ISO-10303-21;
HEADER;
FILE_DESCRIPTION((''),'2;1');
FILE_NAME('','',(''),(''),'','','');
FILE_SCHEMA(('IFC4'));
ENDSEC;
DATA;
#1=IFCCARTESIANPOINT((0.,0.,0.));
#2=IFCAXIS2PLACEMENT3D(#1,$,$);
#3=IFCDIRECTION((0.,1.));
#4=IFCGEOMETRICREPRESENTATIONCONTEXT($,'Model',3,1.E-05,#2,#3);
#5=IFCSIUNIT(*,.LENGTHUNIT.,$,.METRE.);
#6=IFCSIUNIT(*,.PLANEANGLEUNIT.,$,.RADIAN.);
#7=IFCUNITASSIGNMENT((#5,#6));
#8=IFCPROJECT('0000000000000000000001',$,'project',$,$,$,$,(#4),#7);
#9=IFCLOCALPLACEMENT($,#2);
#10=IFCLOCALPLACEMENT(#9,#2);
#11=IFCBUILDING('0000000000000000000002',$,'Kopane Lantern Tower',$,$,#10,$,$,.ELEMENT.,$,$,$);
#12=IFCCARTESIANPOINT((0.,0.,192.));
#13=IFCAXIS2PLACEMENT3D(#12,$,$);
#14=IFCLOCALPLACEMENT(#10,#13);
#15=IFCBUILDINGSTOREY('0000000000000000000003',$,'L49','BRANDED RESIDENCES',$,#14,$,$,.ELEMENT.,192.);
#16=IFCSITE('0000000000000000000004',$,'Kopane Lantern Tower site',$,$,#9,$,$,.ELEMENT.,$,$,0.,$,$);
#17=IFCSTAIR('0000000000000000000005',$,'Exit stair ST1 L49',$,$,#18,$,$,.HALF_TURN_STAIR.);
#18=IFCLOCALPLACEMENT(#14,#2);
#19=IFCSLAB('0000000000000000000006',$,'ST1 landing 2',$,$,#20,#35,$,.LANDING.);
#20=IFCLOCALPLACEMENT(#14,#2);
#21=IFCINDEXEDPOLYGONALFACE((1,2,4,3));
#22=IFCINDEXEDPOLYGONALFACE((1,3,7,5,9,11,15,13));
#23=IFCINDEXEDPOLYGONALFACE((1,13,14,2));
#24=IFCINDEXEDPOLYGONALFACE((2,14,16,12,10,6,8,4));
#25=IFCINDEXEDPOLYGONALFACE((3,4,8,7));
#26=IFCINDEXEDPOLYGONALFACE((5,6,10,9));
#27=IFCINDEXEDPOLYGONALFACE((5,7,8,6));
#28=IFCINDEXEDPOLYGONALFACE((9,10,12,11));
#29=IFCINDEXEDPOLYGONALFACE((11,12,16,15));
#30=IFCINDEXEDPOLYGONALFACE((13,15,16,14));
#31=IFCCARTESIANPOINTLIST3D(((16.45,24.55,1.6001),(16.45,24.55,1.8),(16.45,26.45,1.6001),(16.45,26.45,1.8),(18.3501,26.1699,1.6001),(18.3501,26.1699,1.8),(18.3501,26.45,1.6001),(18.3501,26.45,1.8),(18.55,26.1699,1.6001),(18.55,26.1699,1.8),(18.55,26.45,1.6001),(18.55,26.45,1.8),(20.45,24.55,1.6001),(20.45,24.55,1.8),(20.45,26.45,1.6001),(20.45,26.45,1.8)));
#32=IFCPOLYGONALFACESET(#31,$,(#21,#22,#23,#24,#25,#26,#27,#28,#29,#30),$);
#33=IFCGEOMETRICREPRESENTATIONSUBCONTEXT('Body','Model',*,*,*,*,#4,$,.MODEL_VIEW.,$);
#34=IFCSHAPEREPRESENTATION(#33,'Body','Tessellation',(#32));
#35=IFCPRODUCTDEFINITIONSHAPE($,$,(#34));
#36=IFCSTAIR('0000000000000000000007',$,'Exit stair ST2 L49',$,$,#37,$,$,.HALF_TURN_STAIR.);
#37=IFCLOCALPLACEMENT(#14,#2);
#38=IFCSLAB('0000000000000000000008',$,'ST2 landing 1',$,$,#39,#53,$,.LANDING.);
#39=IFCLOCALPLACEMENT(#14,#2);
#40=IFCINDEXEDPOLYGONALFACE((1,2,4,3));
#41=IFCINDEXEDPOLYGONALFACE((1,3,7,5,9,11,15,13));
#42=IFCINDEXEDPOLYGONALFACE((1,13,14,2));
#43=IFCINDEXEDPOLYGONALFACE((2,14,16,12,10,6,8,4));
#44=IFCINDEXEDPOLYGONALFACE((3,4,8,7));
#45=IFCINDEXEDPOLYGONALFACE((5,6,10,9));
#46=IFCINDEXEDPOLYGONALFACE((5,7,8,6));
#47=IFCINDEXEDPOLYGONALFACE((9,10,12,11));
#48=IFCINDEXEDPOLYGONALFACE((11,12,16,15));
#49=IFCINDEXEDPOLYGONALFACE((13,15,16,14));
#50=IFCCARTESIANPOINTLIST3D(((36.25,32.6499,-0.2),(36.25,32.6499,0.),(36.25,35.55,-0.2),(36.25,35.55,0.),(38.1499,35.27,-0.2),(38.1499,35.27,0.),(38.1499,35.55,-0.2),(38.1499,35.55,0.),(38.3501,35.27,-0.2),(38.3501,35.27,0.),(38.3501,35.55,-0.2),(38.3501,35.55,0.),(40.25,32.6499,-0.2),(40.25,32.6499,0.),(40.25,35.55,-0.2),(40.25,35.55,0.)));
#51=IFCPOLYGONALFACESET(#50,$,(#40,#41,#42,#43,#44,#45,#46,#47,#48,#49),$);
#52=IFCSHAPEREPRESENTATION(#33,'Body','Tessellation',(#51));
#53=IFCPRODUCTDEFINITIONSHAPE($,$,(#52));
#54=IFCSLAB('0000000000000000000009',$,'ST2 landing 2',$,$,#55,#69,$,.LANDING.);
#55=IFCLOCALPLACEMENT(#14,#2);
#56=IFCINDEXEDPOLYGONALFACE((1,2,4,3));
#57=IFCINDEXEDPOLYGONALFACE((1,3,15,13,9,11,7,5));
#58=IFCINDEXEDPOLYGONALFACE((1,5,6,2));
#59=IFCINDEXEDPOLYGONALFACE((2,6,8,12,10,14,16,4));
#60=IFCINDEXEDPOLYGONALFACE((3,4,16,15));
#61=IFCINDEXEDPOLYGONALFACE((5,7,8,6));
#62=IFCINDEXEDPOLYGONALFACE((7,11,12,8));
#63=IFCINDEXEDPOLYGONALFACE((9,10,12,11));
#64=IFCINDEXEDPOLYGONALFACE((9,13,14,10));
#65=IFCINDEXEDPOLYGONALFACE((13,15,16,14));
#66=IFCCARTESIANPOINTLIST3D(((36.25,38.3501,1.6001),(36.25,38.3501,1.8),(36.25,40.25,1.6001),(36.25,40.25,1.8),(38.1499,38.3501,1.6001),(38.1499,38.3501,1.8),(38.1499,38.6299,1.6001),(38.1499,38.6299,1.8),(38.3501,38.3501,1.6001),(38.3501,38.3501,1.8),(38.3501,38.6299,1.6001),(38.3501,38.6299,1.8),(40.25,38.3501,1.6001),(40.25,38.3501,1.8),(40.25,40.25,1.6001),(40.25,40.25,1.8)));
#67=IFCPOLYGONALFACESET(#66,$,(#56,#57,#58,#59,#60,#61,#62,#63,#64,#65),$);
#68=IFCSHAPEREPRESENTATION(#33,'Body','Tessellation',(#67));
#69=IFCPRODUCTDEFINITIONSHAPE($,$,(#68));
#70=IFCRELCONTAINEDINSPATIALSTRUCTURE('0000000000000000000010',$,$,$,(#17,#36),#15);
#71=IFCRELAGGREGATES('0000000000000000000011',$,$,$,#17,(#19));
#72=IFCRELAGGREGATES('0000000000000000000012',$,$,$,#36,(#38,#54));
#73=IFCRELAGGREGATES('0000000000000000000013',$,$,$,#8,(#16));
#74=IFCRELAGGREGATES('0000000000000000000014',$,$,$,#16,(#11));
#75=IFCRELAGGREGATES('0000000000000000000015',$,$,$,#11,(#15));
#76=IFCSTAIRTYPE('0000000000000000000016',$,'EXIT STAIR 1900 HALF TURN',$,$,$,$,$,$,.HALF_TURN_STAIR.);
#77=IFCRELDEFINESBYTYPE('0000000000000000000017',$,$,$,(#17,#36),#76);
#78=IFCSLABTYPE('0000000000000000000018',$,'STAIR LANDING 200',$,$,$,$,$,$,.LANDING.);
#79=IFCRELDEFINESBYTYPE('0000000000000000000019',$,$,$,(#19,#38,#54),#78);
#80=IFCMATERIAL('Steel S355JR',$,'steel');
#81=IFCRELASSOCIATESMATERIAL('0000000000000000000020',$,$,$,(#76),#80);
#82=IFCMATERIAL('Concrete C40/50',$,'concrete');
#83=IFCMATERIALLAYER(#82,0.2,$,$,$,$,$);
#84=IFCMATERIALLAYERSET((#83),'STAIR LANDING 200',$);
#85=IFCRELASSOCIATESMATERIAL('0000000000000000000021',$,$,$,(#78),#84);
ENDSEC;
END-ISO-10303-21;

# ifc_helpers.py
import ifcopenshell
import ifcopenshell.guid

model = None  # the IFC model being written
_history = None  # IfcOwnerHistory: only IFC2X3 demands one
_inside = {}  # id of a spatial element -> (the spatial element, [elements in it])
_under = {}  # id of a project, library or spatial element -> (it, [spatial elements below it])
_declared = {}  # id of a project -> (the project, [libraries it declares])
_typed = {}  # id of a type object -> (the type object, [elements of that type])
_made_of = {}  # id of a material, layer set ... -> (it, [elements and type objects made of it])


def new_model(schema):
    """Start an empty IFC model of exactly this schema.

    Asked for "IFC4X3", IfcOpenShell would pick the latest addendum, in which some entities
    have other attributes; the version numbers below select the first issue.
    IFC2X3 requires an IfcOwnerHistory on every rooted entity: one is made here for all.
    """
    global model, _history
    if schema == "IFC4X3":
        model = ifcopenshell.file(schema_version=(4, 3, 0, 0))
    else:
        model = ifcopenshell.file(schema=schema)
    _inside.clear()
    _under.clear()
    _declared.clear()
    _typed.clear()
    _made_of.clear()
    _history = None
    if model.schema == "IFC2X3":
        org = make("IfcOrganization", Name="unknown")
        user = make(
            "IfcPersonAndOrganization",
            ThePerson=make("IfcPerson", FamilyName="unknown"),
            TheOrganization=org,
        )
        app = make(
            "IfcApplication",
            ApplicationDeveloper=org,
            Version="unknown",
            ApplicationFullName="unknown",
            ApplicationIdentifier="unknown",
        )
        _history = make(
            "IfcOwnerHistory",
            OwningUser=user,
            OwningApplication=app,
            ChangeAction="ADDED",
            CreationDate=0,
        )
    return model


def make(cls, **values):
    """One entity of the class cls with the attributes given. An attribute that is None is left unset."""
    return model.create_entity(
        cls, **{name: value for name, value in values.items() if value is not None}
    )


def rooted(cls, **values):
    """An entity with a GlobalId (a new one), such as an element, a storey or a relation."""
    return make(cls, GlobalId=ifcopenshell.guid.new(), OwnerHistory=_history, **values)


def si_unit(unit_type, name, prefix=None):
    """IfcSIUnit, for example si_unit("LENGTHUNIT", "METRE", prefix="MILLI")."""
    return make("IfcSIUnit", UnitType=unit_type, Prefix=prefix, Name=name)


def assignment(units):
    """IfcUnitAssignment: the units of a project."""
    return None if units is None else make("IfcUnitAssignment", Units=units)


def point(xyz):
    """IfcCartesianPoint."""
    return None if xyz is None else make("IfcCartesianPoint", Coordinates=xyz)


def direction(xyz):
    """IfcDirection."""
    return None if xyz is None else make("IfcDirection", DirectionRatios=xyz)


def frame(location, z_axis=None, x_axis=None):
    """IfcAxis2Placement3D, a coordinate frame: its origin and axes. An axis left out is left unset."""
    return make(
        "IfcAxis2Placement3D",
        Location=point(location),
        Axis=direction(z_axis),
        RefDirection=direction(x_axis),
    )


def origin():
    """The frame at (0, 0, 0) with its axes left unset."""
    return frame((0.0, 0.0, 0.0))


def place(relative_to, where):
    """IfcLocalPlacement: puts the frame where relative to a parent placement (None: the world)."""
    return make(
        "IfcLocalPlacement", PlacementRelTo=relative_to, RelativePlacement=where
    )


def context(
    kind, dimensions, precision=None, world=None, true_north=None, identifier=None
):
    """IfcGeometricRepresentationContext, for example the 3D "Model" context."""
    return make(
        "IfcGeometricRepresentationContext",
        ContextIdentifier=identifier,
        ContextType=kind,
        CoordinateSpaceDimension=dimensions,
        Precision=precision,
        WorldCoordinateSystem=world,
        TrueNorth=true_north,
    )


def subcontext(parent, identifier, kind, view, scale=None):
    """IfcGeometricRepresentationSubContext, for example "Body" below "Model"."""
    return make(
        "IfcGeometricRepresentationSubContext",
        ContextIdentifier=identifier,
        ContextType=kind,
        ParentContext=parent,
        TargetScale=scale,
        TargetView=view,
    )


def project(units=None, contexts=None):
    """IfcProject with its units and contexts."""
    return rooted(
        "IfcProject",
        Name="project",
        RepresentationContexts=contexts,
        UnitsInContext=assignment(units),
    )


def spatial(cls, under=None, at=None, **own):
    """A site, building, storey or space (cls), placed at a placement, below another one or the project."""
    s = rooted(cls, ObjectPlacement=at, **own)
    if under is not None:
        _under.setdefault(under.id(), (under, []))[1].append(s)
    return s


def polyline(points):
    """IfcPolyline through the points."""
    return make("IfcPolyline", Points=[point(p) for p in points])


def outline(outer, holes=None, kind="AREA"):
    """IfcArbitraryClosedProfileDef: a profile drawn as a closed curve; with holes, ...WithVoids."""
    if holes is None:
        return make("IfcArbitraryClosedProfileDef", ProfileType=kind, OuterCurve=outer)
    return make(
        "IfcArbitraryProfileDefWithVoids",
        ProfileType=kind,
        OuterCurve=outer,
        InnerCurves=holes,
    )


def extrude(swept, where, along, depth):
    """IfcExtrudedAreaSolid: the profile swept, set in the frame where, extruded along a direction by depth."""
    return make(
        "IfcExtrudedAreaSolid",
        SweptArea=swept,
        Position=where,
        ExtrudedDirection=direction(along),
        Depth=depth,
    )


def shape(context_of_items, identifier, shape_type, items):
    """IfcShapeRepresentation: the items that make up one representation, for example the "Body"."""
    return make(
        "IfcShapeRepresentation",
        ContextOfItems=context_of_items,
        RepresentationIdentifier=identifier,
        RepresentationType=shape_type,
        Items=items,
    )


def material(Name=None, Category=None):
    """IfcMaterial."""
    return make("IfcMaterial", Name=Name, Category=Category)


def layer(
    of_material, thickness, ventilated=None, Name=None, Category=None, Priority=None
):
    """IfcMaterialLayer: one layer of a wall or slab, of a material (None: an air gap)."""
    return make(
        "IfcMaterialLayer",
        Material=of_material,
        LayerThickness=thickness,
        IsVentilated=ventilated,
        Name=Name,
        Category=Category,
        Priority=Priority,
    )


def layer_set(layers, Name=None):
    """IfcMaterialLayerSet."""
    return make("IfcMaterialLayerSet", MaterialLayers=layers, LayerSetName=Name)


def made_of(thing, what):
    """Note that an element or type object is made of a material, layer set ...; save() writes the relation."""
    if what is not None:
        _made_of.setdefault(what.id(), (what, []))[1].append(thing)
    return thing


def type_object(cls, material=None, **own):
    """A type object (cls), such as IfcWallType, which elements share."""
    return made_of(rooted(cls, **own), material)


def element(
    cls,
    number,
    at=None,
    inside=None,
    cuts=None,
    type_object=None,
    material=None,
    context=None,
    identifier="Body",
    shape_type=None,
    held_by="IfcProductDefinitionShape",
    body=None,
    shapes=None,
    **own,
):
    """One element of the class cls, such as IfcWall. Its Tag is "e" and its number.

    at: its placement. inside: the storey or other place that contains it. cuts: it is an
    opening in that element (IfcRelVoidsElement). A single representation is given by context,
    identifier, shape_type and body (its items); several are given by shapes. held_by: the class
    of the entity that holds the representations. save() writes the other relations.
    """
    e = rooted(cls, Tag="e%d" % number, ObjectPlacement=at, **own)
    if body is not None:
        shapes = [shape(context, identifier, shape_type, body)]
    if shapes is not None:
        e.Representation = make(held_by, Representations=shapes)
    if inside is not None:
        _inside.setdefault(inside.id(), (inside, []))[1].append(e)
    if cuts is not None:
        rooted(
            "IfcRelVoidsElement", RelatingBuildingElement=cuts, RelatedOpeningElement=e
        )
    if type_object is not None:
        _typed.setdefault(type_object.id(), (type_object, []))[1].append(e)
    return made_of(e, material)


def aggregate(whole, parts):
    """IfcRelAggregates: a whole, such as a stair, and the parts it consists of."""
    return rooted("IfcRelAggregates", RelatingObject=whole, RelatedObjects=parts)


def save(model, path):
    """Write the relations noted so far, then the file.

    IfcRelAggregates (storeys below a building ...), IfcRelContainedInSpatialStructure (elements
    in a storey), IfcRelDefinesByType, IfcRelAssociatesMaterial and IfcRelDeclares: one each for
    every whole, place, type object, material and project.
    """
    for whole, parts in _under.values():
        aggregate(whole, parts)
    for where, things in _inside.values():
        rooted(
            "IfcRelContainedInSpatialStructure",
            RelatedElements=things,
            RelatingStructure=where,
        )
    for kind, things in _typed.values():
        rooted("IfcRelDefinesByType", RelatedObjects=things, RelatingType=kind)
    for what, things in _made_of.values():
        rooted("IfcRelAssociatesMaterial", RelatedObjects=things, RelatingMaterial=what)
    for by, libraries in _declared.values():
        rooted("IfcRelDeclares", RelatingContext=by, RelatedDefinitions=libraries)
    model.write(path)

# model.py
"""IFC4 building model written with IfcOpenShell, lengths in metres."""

from ifc_helpers import new_model, si_unit, direction, frame, origin, place, context, subcontext, project, spatial, polyline, outline, extrude, material, layer, layer_set, type_object, element, aggregate, save


model = new_model("IFC4")

# Units and contexts
model_context = context("Model", 3, precision=1e-05, world=origin(), true_north=direction((0.0, 1.0)))
body_context = subcontext(model_context, "Body", "Model", "MODEL_VIEW")
ifc_project = project(units=[si_unit("LENGTHUNIT", "METRE"), si_unit("PLANEANGLEUNIT", "RADIAN")], contexts=[model_context])

# Site, building, storey
site_placement = place(None, origin())
site = spatial("IfcSite", under=ifc_project, at=site_placement, Name="Kopane Lantern Tower site", CompositionType="ELEMENT", RefElevation=0.0)
building_placement = place(site_placement, origin())
building = spatial("IfcBuilding", under=site, at=building_placement, Name="Kopane Lantern Tower", CompositionType="ELEMENT")
storey_placement = place(building_placement, frame((0.0, 0.0, 192.0)))
storey = spatial("IfcBuildingStorey", under=building, at=storey_placement, Name="L49", Description="BRANDED RESIDENCES", CompositionType="ELEMENT", Elevation=192.0)

# Stairs, slabs
ifc_material_1 = material(Name="Steel S355JR", Category="steel")
stair_type = type_object("IfcStairType", Name="EXIT STAIR 1900 HALF TURN", PredefinedType="HALF_TURN_STAIR", material=ifc_material_1)
stair_1_placement = place(storey_placement, origin())
stair_1 = element("IfcStair", 1, at=stair_1_placement, inside=storey, type_object=stair_type, Name="Exit stair ST1 L49", PredefinedType="HALF_TURN_STAIR")
ifc_material_2 = material(Name="Concrete C40/50", Category="concrete")
ifc_layer_1 = layer(ifc_material_2, 0.2)
ifc_layer_set_1 = layer_set([ifc_layer_1], Name="STAIR LANDING 200")
slab_type_1 = type_object("IfcSlabType", Name="STAIR LANDING 200", PredefinedType="LANDING", material=ifc_layer_set_1)
slab_1_placement = place(storey_placement, frame((0.0, 0.0, 1.6001)))
slab_1 = element("IfcSlab", 2, at=slab_1_placement, type_object=slab_type_1, Name="ST1 landing 2", PredefinedType="LANDING", context=body_context, shape_type="SweptSolid", body=[
    extrude(outline(polyline([(20.45, 26.45), (18.55, 26.45), (18.55, 26.1699), (18.3501, 26.1699), (18.3501, 26.45), (16.45, 26.45), (16.45, 24.55), (20.45, 24.55), (20.45, 26.45)])), origin(), (0.0, 0.0, 1.0), 0.2),
])
aggregate(stair_1, [slab_1])
stair_2_placement = place(storey_placement, origin())
stair_2 = element("IfcStair", 3, at=stair_2_placement, inside=storey, type_object=stair_type, Name="Exit stair ST2 L49", PredefinedType="HALF_TURN_STAIR")
slab_2_placement = place(storey_placement, frame((0.0, 0.0, -0.2)))
slab_2 = element("IfcSlab", 4, at=slab_2_placement, type_object=slab_type_1, Name="ST2 landing 1", PredefinedType="LANDING", context=body_context, shape_type="SweptSolid", body=[
    extrude(outline(polyline([(40.25, 35.55), (38.3501, 35.55), (38.3501, 35.27), (38.1499, 35.27), (38.1499, 35.55), (36.25, 35.55), (36.25, 32.6499), (40.25, 32.6499), (40.25, 35.55)])), origin(), (0.0, 0.0, 1.0), 0.2),
])
slab_3_placement = place(storey_placement, frame((0.0, 0.0, 1.6001)))
slab_3 = element("IfcSlab", 5, at=slab_3_placement, type_object=slab_type_1, Name="ST2 landing 2", PredefinedType="LANDING", context=body_context, shape_type="SweptSolid", body=[
    extrude(outline(polyline([(38.1499, 38.6299), (38.3501, 38.6299), (38.3501, 38.3501), (40.25, 38.3501), (40.25, 40.25), (36.25, 40.25), (36.25, 38.3501), (38.1499, 38.3501), (38.1499, 38.6299)])), origin(), (0.0, 0.0, 1.0), 0.2),
])
aggregate(stair_2, [slab_2, slab_3])

save(model, "model.ifc")
